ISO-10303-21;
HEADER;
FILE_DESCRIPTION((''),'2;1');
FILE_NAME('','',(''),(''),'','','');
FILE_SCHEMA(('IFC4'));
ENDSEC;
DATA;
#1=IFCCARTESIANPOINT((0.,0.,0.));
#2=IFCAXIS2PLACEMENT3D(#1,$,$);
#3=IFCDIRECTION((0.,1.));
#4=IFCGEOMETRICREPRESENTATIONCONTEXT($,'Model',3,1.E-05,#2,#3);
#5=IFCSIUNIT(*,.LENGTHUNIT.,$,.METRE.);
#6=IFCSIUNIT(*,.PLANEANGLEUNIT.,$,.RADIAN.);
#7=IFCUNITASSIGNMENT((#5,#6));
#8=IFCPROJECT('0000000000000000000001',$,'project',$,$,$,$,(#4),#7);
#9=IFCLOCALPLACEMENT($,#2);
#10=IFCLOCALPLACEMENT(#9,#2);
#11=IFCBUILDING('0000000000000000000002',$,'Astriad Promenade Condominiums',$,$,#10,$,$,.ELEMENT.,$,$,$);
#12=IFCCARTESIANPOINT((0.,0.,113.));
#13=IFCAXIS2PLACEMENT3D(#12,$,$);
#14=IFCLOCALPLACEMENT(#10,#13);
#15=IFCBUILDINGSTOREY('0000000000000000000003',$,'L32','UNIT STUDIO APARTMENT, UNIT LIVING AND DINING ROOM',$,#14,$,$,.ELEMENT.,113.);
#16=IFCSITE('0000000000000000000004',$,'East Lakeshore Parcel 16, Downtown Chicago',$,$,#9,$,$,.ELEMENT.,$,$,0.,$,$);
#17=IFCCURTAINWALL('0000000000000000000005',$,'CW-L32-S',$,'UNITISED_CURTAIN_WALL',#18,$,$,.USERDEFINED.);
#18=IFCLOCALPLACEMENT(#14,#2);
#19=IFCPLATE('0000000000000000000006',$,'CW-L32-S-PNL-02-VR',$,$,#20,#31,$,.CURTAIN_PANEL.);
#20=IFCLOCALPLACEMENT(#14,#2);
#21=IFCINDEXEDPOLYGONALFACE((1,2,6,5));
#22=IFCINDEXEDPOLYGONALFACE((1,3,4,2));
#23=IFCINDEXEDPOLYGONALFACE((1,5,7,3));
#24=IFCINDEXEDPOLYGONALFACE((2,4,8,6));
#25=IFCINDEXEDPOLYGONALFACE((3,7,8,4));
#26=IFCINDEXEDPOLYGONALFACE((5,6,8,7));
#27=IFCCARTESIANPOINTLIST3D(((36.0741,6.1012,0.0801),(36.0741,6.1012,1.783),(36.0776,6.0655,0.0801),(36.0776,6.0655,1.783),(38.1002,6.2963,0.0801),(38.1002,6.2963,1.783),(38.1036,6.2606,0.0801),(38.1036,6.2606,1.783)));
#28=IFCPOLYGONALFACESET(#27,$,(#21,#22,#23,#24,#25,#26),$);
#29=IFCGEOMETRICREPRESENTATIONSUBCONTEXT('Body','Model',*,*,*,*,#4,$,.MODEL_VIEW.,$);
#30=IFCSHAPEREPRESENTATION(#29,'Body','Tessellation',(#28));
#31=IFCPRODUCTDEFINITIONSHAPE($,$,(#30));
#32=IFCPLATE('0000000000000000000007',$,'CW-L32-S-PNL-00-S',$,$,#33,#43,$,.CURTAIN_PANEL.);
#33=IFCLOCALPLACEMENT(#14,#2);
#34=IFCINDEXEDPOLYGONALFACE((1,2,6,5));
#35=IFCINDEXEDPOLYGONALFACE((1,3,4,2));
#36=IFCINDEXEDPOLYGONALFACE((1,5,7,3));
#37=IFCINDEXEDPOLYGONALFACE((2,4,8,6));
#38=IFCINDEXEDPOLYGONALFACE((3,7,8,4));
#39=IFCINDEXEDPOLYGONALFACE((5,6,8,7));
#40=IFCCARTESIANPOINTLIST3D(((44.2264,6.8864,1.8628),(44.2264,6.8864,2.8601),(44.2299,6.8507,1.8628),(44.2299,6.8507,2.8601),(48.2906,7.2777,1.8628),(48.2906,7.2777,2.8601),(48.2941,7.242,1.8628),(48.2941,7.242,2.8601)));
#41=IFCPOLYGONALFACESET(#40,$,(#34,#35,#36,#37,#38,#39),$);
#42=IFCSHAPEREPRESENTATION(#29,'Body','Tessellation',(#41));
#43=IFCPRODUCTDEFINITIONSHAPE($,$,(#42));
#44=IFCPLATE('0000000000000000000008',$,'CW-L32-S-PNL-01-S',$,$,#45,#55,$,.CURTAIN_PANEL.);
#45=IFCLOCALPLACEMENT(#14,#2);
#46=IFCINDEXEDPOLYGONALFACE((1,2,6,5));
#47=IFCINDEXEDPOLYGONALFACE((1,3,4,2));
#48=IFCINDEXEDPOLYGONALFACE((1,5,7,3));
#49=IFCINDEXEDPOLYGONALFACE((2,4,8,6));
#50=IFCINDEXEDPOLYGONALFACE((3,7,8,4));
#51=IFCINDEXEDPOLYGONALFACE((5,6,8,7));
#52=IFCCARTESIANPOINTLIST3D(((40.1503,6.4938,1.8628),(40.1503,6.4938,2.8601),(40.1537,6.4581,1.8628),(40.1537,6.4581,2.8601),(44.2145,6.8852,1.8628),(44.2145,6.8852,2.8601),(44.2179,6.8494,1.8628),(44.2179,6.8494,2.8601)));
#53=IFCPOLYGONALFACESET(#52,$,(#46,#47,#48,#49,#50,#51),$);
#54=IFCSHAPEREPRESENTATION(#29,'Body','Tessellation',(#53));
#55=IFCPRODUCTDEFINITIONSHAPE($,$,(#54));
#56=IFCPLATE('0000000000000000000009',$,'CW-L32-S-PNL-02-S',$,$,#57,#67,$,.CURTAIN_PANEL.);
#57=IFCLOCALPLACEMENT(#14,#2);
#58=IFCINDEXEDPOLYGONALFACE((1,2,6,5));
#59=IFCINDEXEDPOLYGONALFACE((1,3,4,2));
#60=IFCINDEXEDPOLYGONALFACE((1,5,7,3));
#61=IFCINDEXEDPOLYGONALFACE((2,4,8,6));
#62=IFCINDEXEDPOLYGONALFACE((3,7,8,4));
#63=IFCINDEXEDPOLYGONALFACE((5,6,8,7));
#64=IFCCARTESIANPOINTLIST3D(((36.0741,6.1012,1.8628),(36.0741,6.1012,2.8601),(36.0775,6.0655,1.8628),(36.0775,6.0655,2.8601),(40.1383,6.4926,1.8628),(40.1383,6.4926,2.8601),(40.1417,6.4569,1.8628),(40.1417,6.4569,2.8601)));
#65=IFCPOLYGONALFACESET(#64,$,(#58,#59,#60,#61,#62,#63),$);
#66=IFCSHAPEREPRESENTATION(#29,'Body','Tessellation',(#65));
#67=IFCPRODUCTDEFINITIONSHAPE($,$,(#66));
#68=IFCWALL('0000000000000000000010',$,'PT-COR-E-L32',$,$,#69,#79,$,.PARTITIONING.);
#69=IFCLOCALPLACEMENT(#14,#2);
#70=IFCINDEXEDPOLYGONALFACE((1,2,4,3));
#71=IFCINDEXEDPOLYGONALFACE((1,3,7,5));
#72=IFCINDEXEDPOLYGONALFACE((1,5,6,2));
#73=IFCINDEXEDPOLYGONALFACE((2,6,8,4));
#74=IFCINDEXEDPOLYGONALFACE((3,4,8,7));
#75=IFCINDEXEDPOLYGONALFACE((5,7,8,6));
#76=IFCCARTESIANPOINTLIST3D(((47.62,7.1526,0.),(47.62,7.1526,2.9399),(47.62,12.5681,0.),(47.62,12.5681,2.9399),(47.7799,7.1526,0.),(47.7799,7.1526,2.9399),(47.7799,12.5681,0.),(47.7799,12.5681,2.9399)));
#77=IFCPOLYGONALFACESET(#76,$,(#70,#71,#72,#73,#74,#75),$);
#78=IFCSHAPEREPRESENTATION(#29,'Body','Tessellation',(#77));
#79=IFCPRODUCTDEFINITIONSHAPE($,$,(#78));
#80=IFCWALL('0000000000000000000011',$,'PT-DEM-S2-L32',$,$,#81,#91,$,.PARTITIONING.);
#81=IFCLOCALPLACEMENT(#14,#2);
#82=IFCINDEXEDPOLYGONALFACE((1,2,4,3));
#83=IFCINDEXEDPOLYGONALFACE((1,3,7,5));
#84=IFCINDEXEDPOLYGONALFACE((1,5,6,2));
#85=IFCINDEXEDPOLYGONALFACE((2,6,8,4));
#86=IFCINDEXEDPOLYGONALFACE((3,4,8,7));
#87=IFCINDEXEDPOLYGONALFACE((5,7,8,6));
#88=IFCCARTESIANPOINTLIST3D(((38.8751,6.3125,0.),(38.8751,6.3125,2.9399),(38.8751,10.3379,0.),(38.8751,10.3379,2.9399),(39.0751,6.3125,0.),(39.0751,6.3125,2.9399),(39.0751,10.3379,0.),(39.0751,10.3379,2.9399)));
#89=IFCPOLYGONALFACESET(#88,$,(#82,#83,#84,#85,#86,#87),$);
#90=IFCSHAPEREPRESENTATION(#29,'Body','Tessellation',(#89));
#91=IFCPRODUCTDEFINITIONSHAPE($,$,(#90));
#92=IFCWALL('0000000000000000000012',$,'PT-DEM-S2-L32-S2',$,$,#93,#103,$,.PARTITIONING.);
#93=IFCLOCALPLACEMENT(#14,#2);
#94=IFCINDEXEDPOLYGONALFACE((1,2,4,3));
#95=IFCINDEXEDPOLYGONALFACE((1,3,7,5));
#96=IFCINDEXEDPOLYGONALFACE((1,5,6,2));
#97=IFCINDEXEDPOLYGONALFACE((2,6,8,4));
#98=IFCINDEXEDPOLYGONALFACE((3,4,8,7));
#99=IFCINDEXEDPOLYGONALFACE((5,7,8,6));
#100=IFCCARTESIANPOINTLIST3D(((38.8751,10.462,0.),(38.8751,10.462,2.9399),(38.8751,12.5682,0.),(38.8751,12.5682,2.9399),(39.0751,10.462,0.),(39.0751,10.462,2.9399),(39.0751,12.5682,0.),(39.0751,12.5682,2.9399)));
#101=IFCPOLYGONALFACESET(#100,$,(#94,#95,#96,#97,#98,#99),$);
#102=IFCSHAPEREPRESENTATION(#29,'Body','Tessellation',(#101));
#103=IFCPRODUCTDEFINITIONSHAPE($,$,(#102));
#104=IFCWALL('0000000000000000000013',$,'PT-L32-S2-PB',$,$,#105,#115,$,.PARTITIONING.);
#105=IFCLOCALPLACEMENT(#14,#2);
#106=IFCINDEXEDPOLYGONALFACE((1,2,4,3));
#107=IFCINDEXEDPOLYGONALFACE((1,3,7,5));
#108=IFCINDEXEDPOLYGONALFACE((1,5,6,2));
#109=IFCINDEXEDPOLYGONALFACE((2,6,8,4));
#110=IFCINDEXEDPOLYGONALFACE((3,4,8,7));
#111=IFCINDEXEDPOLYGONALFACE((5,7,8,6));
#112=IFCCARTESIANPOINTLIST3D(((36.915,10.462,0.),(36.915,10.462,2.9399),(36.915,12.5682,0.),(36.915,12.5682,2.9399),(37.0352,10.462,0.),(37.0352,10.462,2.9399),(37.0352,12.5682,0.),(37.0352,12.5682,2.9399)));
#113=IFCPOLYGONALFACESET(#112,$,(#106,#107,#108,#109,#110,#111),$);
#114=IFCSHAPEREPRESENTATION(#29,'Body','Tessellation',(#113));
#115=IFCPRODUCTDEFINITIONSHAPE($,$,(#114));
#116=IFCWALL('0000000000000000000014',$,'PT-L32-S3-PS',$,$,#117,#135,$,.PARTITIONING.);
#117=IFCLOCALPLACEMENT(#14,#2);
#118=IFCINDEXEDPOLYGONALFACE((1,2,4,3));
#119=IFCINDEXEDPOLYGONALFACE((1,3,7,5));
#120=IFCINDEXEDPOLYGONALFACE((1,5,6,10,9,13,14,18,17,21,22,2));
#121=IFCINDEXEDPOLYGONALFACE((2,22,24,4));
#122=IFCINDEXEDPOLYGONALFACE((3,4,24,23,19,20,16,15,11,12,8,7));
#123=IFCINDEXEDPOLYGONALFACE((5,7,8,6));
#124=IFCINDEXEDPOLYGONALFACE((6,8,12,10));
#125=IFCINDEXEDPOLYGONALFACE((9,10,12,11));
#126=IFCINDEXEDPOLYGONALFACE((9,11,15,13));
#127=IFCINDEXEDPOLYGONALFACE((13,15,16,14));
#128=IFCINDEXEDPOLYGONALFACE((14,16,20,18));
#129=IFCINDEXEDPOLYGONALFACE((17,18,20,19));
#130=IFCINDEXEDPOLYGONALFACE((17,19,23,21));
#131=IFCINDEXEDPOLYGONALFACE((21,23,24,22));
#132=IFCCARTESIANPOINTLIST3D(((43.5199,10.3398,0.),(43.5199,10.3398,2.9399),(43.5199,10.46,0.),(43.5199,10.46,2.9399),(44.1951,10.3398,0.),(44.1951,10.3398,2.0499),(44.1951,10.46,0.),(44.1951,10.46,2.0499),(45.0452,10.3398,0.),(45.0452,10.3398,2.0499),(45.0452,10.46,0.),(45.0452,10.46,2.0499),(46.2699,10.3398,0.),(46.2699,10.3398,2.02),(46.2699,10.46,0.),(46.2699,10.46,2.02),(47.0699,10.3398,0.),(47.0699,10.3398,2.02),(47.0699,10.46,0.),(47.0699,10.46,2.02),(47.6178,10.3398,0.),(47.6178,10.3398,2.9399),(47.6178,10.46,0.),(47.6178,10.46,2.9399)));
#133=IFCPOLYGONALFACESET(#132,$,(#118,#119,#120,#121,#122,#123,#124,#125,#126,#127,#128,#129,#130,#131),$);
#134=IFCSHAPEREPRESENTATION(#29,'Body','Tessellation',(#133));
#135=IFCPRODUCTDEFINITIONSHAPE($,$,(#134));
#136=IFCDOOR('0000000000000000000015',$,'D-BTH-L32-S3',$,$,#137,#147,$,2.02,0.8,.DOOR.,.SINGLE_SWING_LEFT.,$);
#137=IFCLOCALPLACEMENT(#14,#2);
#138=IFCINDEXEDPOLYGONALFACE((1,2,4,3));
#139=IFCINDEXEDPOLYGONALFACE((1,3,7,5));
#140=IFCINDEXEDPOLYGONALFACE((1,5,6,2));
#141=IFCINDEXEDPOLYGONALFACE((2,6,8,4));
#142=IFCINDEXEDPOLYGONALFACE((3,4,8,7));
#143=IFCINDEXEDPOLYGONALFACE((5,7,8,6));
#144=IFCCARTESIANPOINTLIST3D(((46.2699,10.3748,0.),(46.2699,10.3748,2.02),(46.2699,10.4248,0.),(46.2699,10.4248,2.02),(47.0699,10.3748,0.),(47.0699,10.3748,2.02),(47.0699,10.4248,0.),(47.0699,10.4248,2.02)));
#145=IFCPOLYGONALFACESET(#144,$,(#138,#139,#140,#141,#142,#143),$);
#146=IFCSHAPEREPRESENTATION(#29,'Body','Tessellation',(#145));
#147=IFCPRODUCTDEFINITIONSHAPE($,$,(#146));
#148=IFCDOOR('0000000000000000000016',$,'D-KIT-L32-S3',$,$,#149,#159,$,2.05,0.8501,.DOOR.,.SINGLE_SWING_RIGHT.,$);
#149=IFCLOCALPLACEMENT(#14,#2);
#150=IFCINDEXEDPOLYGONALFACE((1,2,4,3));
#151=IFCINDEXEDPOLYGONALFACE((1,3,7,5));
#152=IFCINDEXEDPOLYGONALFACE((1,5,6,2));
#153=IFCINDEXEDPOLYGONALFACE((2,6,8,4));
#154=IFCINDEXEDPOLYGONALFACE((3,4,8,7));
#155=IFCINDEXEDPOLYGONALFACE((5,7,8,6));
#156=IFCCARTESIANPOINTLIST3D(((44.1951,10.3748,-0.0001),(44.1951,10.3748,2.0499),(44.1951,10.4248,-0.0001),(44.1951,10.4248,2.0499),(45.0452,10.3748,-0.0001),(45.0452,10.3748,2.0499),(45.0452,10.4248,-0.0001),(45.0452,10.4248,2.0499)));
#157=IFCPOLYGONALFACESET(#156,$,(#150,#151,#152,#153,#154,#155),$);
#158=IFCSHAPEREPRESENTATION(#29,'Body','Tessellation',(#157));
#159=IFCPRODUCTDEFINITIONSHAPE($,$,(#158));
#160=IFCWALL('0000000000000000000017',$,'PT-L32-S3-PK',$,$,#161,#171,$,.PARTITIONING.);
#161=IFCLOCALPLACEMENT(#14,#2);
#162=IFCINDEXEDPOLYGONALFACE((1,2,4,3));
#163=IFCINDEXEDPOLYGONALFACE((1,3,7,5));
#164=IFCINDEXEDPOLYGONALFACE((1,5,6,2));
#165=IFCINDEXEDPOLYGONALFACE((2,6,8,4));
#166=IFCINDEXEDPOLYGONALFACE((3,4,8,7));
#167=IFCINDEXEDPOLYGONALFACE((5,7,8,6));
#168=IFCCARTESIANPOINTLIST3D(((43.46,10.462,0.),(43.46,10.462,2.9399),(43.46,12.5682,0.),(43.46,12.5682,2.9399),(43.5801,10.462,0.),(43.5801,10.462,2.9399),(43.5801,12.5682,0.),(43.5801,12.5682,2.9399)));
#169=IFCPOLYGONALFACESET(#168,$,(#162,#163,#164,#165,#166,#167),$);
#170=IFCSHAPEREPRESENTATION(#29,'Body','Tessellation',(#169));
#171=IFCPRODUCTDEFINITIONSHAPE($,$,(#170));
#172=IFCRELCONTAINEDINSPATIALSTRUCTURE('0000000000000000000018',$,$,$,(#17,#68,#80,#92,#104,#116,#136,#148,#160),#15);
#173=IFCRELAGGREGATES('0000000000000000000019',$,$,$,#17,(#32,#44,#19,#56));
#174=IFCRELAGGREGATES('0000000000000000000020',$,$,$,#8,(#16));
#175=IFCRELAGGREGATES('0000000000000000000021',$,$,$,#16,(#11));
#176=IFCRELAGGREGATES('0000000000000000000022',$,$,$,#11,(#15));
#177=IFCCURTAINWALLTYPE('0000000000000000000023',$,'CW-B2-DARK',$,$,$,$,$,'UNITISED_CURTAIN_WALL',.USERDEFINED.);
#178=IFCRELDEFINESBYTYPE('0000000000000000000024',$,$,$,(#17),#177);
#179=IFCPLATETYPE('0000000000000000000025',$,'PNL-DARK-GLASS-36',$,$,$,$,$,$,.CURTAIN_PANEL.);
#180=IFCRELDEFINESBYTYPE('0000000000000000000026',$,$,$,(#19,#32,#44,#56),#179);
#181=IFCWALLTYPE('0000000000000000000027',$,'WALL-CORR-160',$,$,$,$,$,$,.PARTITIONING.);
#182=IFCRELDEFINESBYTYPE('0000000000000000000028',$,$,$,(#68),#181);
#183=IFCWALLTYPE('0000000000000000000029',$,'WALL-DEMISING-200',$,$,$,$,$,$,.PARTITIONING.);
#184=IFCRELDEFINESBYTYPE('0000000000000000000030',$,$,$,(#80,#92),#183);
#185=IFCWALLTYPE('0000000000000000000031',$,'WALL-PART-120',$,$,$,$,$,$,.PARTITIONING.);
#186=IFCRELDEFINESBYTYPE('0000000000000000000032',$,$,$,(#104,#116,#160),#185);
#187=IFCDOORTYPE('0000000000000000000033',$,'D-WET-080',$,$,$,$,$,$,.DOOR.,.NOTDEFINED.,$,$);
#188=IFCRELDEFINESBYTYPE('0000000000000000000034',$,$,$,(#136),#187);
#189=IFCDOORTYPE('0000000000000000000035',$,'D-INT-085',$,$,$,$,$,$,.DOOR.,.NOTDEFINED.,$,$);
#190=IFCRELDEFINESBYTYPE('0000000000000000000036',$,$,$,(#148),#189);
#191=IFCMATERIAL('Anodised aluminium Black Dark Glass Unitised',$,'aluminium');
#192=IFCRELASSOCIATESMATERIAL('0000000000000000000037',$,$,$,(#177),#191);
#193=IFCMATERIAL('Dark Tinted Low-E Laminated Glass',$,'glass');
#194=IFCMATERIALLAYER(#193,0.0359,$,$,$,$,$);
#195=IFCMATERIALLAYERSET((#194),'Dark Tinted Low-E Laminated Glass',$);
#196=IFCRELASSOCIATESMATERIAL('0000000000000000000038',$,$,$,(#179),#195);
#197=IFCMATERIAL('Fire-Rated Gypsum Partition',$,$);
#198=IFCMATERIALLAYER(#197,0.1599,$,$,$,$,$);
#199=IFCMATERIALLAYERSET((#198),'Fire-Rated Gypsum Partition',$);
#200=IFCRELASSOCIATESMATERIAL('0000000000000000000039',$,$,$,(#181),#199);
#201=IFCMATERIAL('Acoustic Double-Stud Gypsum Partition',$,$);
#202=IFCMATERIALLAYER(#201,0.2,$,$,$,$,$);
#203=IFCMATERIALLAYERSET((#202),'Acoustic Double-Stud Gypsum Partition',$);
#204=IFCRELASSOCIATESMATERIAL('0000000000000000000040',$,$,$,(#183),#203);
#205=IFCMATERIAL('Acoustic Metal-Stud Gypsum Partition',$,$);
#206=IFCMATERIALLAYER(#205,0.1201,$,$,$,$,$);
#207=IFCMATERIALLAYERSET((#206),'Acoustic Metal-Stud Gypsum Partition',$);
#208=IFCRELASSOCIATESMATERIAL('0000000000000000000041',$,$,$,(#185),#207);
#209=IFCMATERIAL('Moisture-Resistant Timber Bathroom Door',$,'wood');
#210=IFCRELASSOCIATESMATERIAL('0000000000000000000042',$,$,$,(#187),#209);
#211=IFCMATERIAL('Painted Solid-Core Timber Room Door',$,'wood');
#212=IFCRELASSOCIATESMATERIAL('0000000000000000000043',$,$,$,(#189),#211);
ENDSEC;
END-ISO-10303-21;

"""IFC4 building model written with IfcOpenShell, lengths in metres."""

from ifc_helpers import new_model, si_unit, direction, frame, frame_2d, origin, origin_2d, place, context, subcontext, project, spatial, rectangle, extrude, source, transform, mapped, material, layer, layer_set, type_object, type_shapes, element, fill, aggregate, save


model = new_model("IFC4")

# Units and contexts
model_context = context("Model", 3, precision=1e-05, world=origin(), true_north=direction((0.0, 1.0)))
body_context = subcontext(model_context, "Body", "Model", "MODEL_VIEW")
ifc_project = project(units=[si_unit("LENGTHUNIT", "METRE"), si_unit("PLANEANGLEUNIT", "RADIAN")], contexts=[model_context])

# Site, building, storey
site_placement = place(None, origin())
site = spatial("IfcSite", under=ifc_project, at=site_placement, Name="East Lakeshore Parcel 16, Downtown Chicago", CompositionType="ELEMENT", RefElevation=0.0)
building_placement = place(site_placement, origin())
building = spatial("IfcBuilding", under=site, at=building_placement, Name="Astriad Promenade Condominiums", CompositionType="ELEMENT")
storey_placement = place(building_placement, frame((0.0, 0.0, 113.0)))
storey = spatial("IfcBuildingStorey", under=building, at=storey_placement, Name="L32", Description="UNIT STUDIO APARTMENT, UNIT LIVING AND DINING ROOM", CompositionType="ELEMENT", Elevation=113.0)

# Curtain wall, plates
ifc_material_1 = material(Name="Anodised aluminium Black Dark Glass Unitised", Category="aluminium")
curtain_wall_type = type_object("IfcCurtainWallType", Name="CW-B2-DARK", ElementType="UNITISED_CURTAIN_WALL", PredefinedType="USERDEFINED", material=ifc_material_1)
curtain_wall_placement = place(storey_placement, origin())
curtain_wall = element("IfcCurtainWall", 1, at=curtain_wall_placement, inside=storey, type_object=curtain_wall_type, Name="CW-L32-S", ObjectType="UNITISED_CURTAIN_WALL", PredefinedType="USERDEFINED")
ifc_material_2 = material(Name="Dark Tinted Low-E Laminated Glass", Category="glass")
ifc_layer_1 = layer(ifc_material_2, 0.0359)
ifc_layer_set_1 = layer_set([ifc_layer_1], Name="Dark Tinted Low-E Laminated Glass")
plate_type = type_object("IfcPlateType", Name="PNL-DARK-GLASS-36", PredefinedType="CURTAIN_PANEL", material=ifc_layer_set_1)
shared_shape_1 = source(origin(), body_context, "Body", "SweptSolid", [
    extrude(rectangle(XDim=2.0354, YDim=0.0359, at=origin_2d()), origin(), (0.0, 0.0, 1.0), 1.7029),
])
plate_1_placement = place(storey_placement, frame((37.0889, 6.1809, 0.0801), z_axis=(0.0, 0.0, 1.0), x_axis=(-0.995396, -0.095846, 0.0)))
plate_1 = element("IfcPlate", 2, at=plate_1_placement, type_object=plate_type, Name="CW-L32-S-PNL-02-VR", PredefinedType="CURTAIN_PANEL", context=body_context, shape_type="MappedRepresentation", body=[
    mapped(shared_shape_1, transform((0.0, 0.0, 0.0), scale=1.0)),
])
shared_shape_2 = source(origin(), body_context, "Body", "SweptSolid", [
    extrude(rectangle(XDim=4.083, YDim=0.0359, at=origin_2d()), origin(), (0.0, 0.0, 1.0), 0.9973),
])
type_shapes(plate_type, [shared_shape_1, shared_shape_2])
plate_2_placement = place(storey_placement, frame((46.2603, 7.0642, 1.8628), z_axis=(0.0, 0.0, 1.0), x_axis=(-0.995396, -0.095846, 0.0)))
plate_2 = element("IfcPlate", 3, at=plate_2_placement, type_object=plate_type, Name="CW-L32-S-PNL-00-S", PredefinedType="CURTAIN_PANEL", context=body_context, shape_type="MappedRepresentation", body=[
    mapped(shared_shape_2, transform((0.0, 0.0, 0.0), scale=1.0)),
])
plate_3_placement = place(storey_placement, frame((42.1841, 6.6716, 1.8628), z_axis=(0.0, 0.0, 1.0), x_axis=(-0.995396, -0.095846, 0.0)))
plate_3 = element("IfcPlate", 4, at=plate_3_placement, type_object=plate_type, Name="CW-L32-S-PNL-01-S", PredefinedType="CURTAIN_PANEL", context=body_context, shape_type="MappedRepresentation", body=[
    mapped(shared_shape_2, transform((0.0, 0.0, 0.0), scale=1.0)),
])
plate_4_placement = place(storey_placement, frame((38.1079, 6.2791, 1.8628), z_axis=(0.0, 0.0, 1.0), x_axis=(-0.995396, -0.095846, 0.0)))
plate_4 = element("IfcPlate", 5, at=plate_4_placement, type_object=plate_type, Name="CW-L32-S-PNL-02-S", PredefinedType="CURTAIN_PANEL", context=body_context, shape_type="MappedRepresentation", body=[
    mapped(shared_shape_2, transform((0.0, 0.0, 0.0), scale=1.0)),
])
aggregate(curtain_wall, [plate_2, plate_3, plate_1, plate_4])

# Walls
ifc_material_3 = material(Name="Fire-Rated Gypsum Partition")
ifc_layer_2 = layer(ifc_material_3, 0.1599)
ifc_layer_set_2 = layer_set([ifc_layer_2], Name="Fire-Rated Gypsum Partition")
wall_type_1 = type_object("IfcWallType", Name="WALL-CORR-160", PredefinedType="PARTITIONING", material=ifc_layer_set_2)
wall_1_placement = place(storey_placement, frame((47.7, 7.1526, 0.0), z_axis=(0.0, 0.0, 1.0), x_axis=(0.0, 1.0, 0.0)))
element("IfcWall", 6, at=wall_1_placement, inside=storey, type_object=wall_type_1, Name="PT-COR-E-L32", PredefinedType="PARTITIONING", context=body_context, shape_type="SweptSolid", body=[
    extrude(rectangle(XDim=5.4155, YDim=0.1599, at=frame_2d((2.7078, 0.0))), origin(), (0.0, 0.0, 1.0), 2.9399),
])
ifc_material_4 = material(Name="Acoustic Double-Stud Gypsum Partition")
ifc_layer_3 = layer(ifc_material_4, 0.2)
ifc_layer_set_3 = layer_set([ifc_layer_3], Name="Acoustic Double-Stud Gypsum Partition")
wall_type_2 = type_object("IfcWallType", Name="WALL-DEMISING-200", PredefinedType="PARTITIONING", material=ifc_layer_set_3)
wall_2_placement = place(storey_placement, frame((38.9751, 6.3125, 0.0), z_axis=(0.0, 0.0, 1.0), x_axis=(0.0, 1.0, 0.0)))
element("IfcWall", 7, at=wall_2_placement, inside=storey, type_object=wall_type_2, Name="PT-DEM-S2-L32", PredefinedType="PARTITIONING", context=body_context, shape_type="SweptSolid", body=[
    extrude(rectangle(XDim=4.0254, YDim=0.2, at=frame_2d((2.0127, 0.0))), origin(), (0.0, 0.0, 1.0), 2.9399),
])
wall_3_placement = place(storey_placement, frame((38.9751, 10.4619, 0.0), z_axis=(0.0, 0.0, 1.0), x_axis=(0.0, 1.0, 0.0)))
element("IfcWall", 8, at=wall_3_placement, inside=storey, type_object=wall_type_2, Name="PT-DEM-S2-L32-S2", PredefinedType="PARTITIONING", context=body_context, shape_type="SweptSolid", body=[
    extrude(rectangle(XDim=2.1062, YDim=0.2, at=frame_2d((1.0532, 0.0))), origin(), (0.0, 0.0, 1.0), 2.9399),
])
ifc_material_5 = material(Name="Acoustic Metal-Stud Gypsum Partition")
ifc_layer_4 = layer(ifc_material_5, 0.1201)
ifc_layer_set_4 = layer_set([ifc_layer_4], Name="Acoustic Metal-Stud Gypsum Partition")
wall_type_3 = type_object("IfcWallType", Name="WALL-PART-120", PredefinedType="PARTITIONING", material=ifc_layer_set_4)
wall_4_placement = place(storey_placement, frame((36.9751, 10.4619, 0.0), z_axis=(0.0, 0.0, 1.0), x_axis=(0.0, 1.0, 0.0)))
element("IfcWall", 9, at=wall_4_placement, inside=storey, type_object=wall_type_3, Name="PT-L32-S2-PB", PredefinedType="PARTITIONING", context=body_context, shape_type="SweptSolid", body=[
    extrude(rectangle(XDim=2.1062, YDim=0.1201, at=frame_2d((1.0532, 0.0))), origin(), (0.0, 0.0, 1.0), 2.9399),
])

# Wall, openings, doors
wall_5_placement = place(storey_placement, frame((43.52, 10.3999, 0.0), z_axis=(0.0, 0.0, 1.0), x_axis=(1.0, 0.0, 0.0)))
wall_5 = element("IfcWall", 10, at=wall_5_placement, inside=storey, type_object=wall_type_3, Name="PT-L32-S3-PS", PredefinedType="PARTITIONING", context=body_context, shape_type="SweptSolid", body=[
    extrude(rectangle(XDim=4.0979, YDim=0.1201, at=frame_2d((2.0488, 0.0))), origin(), (0.0, 0.0, 1.0), 2.9399),
])
opening_1_placement = place(wall_5_placement, frame((0.675, 0.0, 0.0)))
opening_1 = element("IfcOpeningElement", 11, at=opening_1_placement, cuts=wall_5, PredefinedType="OPENING", context=body_context, shape_type="SweptSolid", body=[
    extrude(rectangle(XDim=0.8501, YDim=2.05, at=frame_2d((0.425, 1.0249))), frame((0.0, 0.0701, 0.0), z_axis=(0.0, -1.0, 0.0), x_axis=(1.0, 0.0, 0.0)), (0.0, 0.0, 1.0), 0.1401),
])
opening_2_placement = place(wall_5_placement, frame((2.75, 0.0, 0.0)))
opening_2 = element("IfcOpeningElement", 12, at=opening_2_placement, cuts=wall_5, PredefinedType="OPENING", context=body_context, shape_type="SweptSolid", body=[
    extrude(rectangle(XDim=0.8, YDim=2.02, at=frame_2d((0.3999, 1.01))), frame((0.0, 0.0701, 0.0), z_axis=(0.0, -1.0, 0.0), x_axis=(1.0, 0.0, 0.0)), (0.0, 0.0, 1.0), 0.1401),
])
ifc_material_6 = material(Name="Moisture-Resistant Timber Bathroom Door", Category="wood")
door_type_1 = type_object("IfcDoorType", Name="D-WET-080", OperationType="NOTDEFINED", PredefinedType="DOOR", material=ifc_material_6)
shared_shape_3 = source(origin(), body_context, "Body", "SweptSolid", [
    extrude(rectangle(XDim=0.8, YDim=2.02, at=frame_2d((0.3999, 1.01))), frame((0.0, 0.0249, 0.0), z_axis=(0.0, -1.0, 0.0), x_axis=(1.0, 0.0, 0.0)), (0.0, 0.0, 1.0), 0.05),
])
type_shapes(door_type_1, [shared_shape_3])
door_1_placement = place(opening_2_placement, origin())
door_1 = element("IfcDoor", 13, at=door_1_placement, inside=storey, type_object=door_type_1, Name="D-BTH-L32-S3", OperationType="SINGLE_SWING_LEFT", OverallHeight=2.02, OverallWidth=0.8, PredefinedType="DOOR", context=body_context, shape_type="MappedRepresentation", body=[
    mapped(shared_shape_3, transform((0.0, 0.0, 0.0), scale=1.0)),
])
fill(opening_2, door_1)
ifc_material_7 = material(Name="Painted Solid-Core Timber Room Door", Category="wood")
door_type_2 = type_object("IfcDoorType", Name="D-INT-085", OperationType="NOTDEFINED", PredefinedType="DOOR", material=ifc_material_7)
shared_shape_4 = source(origin(), body_context, "Body", "SweptSolid", [
    extrude(rectangle(XDim=0.8501, YDim=2.05, at=frame_2d((0.425, 1.0249))), frame((0.0, 0.0249, 0.0), z_axis=(0.0, -1.0, 0.0), x_axis=(1.0, 0.0, 0.0)), (0.0, 0.0, 1.0), 0.05),
])
type_shapes(door_type_2, [shared_shape_4])
door_2_placement = place(opening_1_placement, origin())
door_2 = element("IfcDoor", 14, at=door_2_placement, inside=storey, type_object=door_type_2, Name="D-KIT-L32-S3", OperationType="SINGLE_SWING_RIGHT", OverallHeight=2.05, OverallWidth=0.8501, PredefinedType="DOOR", context=body_context, shape_type="MappedRepresentation", body=[
    mapped(shared_shape_4, transform((0.0, 0.0, 0.0), scale=1.0)),
])
fill(opening_1, door_2)

# Wall
for number, where, z_axis, x_axis, name in (
    (15, (43.52, 10.4619, 0.0), (0.0, 0.0, 1.0), (0.0, 1.0, 0.0), "PT-L32-S3-PK"),
):
    element("IfcWall", number, at=place(storey_placement, frame(where, z_axis=z_axis, x_axis=x_axis)), inside=storey, type_object=wall_type_3, Name=name, PredefinedType="PARTITIONING", context=body_context, shape_type="SweptSolid", body=[
        extrude(rectangle(XDim=2.1062, YDim=0.1201, at=frame_2d((1.0532, 0.0))), origin(), (0.0, 0.0, 1.0), 2.9399),
    ])

save(model, "model.ifc")
